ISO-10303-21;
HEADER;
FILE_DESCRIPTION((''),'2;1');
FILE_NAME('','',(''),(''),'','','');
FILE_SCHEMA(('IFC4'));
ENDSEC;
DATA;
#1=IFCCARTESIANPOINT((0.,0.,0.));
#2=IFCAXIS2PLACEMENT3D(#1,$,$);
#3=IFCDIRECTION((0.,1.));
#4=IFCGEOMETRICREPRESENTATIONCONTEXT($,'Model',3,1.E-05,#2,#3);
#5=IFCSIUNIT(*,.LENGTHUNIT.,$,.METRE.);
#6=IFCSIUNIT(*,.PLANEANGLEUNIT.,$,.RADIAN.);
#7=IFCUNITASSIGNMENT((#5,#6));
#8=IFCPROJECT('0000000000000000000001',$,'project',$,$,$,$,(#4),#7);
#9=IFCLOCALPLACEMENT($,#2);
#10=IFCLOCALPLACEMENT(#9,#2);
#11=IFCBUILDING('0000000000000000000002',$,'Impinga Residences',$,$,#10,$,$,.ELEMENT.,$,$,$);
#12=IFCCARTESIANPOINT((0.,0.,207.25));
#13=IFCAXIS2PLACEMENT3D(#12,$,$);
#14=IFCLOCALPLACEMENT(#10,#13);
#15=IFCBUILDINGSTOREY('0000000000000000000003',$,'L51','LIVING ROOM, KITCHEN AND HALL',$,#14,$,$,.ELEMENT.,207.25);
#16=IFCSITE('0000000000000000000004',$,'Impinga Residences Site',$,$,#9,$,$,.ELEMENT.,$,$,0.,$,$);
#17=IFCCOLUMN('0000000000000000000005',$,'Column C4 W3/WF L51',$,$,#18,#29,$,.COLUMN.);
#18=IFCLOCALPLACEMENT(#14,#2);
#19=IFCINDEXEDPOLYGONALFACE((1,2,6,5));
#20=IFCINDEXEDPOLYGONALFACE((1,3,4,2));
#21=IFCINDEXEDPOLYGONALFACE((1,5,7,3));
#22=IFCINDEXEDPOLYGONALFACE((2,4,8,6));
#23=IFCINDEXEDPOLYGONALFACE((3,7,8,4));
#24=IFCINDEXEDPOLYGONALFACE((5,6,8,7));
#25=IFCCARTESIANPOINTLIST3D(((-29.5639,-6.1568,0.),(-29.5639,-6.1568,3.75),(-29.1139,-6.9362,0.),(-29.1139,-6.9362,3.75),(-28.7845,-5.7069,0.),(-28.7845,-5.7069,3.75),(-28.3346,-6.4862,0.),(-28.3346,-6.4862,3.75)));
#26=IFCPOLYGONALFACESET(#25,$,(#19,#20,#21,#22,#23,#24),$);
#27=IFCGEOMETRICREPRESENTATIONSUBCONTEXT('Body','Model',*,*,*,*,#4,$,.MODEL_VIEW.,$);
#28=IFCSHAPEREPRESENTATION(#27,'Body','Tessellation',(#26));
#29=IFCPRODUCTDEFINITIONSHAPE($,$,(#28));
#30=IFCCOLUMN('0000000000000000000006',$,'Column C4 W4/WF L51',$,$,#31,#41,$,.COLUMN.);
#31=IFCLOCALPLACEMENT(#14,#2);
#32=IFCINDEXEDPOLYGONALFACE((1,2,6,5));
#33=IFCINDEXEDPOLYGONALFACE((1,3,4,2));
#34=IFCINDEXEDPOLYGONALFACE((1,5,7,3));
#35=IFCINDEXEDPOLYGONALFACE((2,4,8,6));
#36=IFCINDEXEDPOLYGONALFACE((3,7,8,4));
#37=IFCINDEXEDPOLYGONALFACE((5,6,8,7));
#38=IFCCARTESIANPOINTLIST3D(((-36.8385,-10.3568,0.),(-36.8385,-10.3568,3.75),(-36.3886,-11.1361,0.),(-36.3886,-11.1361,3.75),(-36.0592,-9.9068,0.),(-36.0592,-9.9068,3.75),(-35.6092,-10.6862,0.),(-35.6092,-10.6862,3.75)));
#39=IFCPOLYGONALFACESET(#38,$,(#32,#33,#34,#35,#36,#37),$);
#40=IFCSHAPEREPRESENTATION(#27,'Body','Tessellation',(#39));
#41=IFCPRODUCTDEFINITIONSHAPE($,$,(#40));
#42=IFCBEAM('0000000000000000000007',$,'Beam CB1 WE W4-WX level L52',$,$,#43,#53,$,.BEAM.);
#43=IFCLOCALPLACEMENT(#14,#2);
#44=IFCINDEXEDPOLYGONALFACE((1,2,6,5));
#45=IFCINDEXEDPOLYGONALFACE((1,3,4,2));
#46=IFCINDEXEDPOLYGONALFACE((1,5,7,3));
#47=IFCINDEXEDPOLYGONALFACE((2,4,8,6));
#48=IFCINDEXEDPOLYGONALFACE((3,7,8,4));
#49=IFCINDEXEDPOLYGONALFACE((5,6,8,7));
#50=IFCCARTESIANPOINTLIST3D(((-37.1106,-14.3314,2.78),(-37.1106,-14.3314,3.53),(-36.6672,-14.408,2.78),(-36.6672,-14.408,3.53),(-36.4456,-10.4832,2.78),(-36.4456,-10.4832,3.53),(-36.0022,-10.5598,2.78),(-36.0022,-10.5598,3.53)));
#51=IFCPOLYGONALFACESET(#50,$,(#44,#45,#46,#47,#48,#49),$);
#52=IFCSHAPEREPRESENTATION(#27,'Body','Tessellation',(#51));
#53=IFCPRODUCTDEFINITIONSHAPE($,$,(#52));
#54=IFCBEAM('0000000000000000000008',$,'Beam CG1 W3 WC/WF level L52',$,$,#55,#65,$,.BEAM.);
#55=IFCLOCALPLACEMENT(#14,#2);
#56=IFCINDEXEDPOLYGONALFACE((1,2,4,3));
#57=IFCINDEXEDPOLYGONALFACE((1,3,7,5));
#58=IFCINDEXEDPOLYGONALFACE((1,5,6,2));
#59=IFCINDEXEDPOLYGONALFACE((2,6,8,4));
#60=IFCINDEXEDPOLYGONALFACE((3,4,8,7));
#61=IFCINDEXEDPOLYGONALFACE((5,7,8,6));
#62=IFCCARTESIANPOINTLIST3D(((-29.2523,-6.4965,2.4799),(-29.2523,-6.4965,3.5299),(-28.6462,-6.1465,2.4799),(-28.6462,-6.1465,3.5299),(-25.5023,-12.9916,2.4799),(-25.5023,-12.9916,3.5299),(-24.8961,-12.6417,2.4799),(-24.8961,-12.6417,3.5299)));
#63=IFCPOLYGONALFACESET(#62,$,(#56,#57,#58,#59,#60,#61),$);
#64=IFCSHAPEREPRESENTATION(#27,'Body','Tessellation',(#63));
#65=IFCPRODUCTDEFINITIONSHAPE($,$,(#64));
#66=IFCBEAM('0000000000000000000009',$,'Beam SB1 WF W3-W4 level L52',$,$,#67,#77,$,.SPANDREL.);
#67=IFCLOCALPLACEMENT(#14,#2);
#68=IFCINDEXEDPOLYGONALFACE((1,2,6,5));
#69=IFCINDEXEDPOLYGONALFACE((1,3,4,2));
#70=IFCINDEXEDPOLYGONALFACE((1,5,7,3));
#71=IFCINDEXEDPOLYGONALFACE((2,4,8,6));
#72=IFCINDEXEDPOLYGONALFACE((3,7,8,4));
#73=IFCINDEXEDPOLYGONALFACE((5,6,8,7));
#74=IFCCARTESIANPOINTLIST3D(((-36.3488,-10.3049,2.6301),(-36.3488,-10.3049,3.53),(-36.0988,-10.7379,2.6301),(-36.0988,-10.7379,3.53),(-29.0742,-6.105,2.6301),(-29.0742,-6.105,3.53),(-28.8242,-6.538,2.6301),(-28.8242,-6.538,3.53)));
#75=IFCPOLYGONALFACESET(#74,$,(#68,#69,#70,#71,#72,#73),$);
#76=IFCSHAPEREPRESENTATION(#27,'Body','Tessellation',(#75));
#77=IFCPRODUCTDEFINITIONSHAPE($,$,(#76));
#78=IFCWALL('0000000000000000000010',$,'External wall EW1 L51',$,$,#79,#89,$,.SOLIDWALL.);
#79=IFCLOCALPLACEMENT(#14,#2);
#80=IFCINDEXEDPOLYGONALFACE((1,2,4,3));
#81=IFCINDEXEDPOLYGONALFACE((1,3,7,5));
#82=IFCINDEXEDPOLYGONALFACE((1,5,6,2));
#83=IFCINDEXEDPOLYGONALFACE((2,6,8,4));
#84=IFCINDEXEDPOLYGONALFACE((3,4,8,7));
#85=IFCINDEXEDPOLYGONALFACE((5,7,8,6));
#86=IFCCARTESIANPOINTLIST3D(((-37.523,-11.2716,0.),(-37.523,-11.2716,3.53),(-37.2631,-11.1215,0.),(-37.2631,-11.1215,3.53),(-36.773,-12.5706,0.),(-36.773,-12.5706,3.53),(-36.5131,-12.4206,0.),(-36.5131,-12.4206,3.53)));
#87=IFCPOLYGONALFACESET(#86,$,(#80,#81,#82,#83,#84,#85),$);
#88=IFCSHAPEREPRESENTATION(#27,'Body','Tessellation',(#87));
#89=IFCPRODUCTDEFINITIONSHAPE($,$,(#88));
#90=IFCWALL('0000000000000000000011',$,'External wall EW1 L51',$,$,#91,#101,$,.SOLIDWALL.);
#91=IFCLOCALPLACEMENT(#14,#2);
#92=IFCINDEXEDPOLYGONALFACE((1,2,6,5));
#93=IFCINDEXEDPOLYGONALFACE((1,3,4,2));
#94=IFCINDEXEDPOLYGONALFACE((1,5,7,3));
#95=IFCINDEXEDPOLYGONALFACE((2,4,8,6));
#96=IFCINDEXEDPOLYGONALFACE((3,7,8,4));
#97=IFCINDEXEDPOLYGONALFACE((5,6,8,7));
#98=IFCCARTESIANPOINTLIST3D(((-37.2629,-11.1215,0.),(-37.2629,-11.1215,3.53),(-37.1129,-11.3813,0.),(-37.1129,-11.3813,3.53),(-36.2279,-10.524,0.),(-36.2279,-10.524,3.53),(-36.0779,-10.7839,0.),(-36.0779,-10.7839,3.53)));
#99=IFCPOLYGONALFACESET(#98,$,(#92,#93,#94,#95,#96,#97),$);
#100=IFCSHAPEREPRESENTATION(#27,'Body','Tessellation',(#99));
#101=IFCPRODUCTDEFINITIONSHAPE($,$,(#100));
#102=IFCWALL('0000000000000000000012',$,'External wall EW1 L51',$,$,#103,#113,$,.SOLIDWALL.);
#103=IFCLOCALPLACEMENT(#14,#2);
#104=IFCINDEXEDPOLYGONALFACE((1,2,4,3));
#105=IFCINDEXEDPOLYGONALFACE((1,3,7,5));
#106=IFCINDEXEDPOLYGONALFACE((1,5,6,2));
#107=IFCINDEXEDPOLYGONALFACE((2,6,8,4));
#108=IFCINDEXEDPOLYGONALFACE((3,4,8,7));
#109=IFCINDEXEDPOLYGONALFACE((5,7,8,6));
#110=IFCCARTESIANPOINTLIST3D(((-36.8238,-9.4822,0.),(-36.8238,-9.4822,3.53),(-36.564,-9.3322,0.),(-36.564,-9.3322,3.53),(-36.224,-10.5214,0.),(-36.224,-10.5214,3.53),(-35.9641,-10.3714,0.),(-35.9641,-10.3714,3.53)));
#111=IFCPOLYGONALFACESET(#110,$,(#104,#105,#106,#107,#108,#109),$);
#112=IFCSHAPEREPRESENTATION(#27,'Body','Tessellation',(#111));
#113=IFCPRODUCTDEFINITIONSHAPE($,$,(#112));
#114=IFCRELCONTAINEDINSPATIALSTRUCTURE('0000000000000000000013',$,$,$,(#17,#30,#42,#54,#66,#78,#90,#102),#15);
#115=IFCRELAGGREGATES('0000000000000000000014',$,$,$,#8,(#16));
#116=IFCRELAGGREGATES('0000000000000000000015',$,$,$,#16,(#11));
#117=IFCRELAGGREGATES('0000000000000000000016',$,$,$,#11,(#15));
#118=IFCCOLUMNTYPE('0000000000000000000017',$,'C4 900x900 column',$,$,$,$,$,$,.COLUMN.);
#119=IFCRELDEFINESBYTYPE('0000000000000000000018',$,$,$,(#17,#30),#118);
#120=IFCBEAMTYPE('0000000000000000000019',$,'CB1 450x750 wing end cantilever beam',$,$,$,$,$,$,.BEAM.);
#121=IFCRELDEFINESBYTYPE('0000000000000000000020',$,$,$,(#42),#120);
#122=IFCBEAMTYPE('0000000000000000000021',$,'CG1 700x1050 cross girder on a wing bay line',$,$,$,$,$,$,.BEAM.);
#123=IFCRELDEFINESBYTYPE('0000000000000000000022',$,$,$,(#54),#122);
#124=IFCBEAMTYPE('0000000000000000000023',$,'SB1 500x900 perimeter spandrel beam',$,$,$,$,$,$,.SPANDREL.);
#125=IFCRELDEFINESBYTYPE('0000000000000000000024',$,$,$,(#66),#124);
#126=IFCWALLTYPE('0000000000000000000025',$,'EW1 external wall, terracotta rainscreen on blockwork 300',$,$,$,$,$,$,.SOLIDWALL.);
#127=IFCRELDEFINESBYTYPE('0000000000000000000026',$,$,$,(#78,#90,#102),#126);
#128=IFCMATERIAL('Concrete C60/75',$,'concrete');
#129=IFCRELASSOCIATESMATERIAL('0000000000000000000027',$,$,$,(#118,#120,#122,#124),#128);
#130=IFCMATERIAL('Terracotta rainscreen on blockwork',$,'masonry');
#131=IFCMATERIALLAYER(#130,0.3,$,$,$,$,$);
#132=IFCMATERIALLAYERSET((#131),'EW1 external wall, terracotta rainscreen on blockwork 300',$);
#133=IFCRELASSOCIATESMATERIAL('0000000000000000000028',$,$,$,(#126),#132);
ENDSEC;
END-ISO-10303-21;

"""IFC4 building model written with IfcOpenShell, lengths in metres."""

from ifc_helpers import new_model, si_unit, direction, frame, frame_2d, origin, origin_2d, place, context, subcontext, project, spatial, rectangle, extrude, material, layer, layer_set, material_profile, profile_set, type_object, element, save


model = new_model("IFC4")

# Units and contexts
model_context = context("Model", 3, precision=1e-05, world=origin(), true_north=direction((0.0, 1.0)))
body_context = subcontext(model_context, "Body", "Model", "MODEL_VIEW")
ifc_project = project(units=[si_unit("LENGTHUNIT", "METRE"), si_unit("PLANEANGLEUNIT", "RADIAN")], contexts=[model_context])

# Site, building, storey
site_placement = place(None, origin())
site = spatial("IfcSite", under=ifc_project, at=site_placement, Name="Impinga Residences Site", CompositionType="ELEMENT", RefElevation=0.0)
building_placement = place(site_placement, origin())
building = spatial("IfcBuilding", under=site, at=building_placement, Name="Impinga Residences", CompositionType="ELEMENT")
storey_placement = place(building_placement, frame((0.0, 0.0, 207.25)))
storey = spatial("IfcBuildingStorey", under=building, at=storey_placement, Name="L51", Description="LIVING ROOM, KITCHEN AND HALL", CompositionType="ELEMENT", Elevation=207.25)

# Columns
ifc_material_1 = material(Name="Concrete C60/75", Category="concrete")
ifc_material_profile_1 = material_profile(ifc_material_1, rectangle(XDim=0.8999, YDim=0.8999, at=origin_2d()), Name="RC 900x900")
ifc_profile_set_1 = profile_set([ifc_material_profile_1], Name="Concrete C60/75")
column_type = type_object("IfcColumnType", Name="C4 900x900 column", PredefinedType="COLUMN", material=ifc_profile_set_1)
for number, where, z_axis, x_axis, name in (
    (1, (-28.9492, -6.3215, 0.0), (0.0, 0.0, 1.0), (-0.5, 0.866025, 0.0), "Column C4 W3/WF L51"),
    (2, (-36.2239, -10.5215, 0.0), (0.0, 0.0, 1.0), (-0.5, 0.866025, 0.0), "Column C4 W4/WF L51"),
):
    element("IfcColumn", number, at=place(storey_placement, frame(where, z_axis=z_axis, x_axis=x_axis)), inside=storey, type_object=column_type, Name=name, PredefinedType="COLUMN", context=body_context, shape_type="SweptSolid", body=[
        extrude(rectangle(XDim=0.8999, YDim=0.8999, at=origin_2d()), origin(), (0.0, 0.0, 1.0), 3.75),
    ])

# Beams
ifc_material_profile_2 = material_profile(ifc_material_1, rectangle(XDim=0.45, YDim=0.75, at=origin_2d()), Name="RC 450x750")
ifc_profile_set_2 = profile_set([ifc_material_profile_2], Name="Concrete C60/75")
beam_type_1 = type_object("IfcBeamType", Name="CB1 450x750 wing end cantilever beam", PredefinedType="BEAM", material=ifc_profile_set_2)
beam_1_placement = place(storey_placement, frame((-36.2239, -10.5215, 3.155), z_axis=(-0.170296, -0.985393, 0.0), x_axis=(0.985393, -0.170296, 0.0)))
element("IfcBeam", 3, at=beam_1_placement, inside=storey, type_object=beam_type_1, Name="Beam CB1 WE W4-WX level L52", PredefinedType="BEAM", context=body_context, shape_type="SweptSolid", body=[
    extrude(rectangle(XDim=0.45, YDim=0.75, at=origin_2d()), origin(), (0.0, 0.0, 1.0), 3.9053),
])
ifc_material_profile_3 = material_profile(ifc_material_1, rectangle(XDim=0.7, YDim=1.05, at=origin_2d()), Name="RC 700x1050")
ifc_profile_set_3 = profile_set([ifc_material_profile_3], Name="Concrete C60/75")
beam_type_2 = type_object("IfcBeamType", Name="CG1 700x1050 cross girder on a wing bay line", PredefinedType="BEAM", material=ifc_profile_set_3)
beam_2_placement = place(storey_placement, frame((-25.1992, -12.8167, 3.0049), z_axis=(-0.500004, 0.866023, 0.0), x_axis=(-0.866023, -0.500004, 0.0)))
element("IfcBeam", 4, at=beam_2_placement, inside=storey, type_object=beam_type_2, Name="Beam CG1 W3 WC/WF level L52", PredefinedType="BEAM", context=body_context, shape_type="SweptSolid", body=[
    extrude(rectangle(XDim=0.7, YDim=1.05, at=origin_2d()), origin(), (0.0, 0.0, 1.0), 7.5),
])
ifc_material_profile_4 = material_profile(ifc_material_1, rectangle(XDim=0.5, YDim=0.8999, at=origin_2d()), Name="RC 500x900")
ifc_profile_set_4 = profile_set([ifc_material_profile_4], Name="Concrete C60/75")
beam_type_3 = type_object("IfcBeamType", Name="SB1 500x900 perimeter spandrel beam", PredefinedType="SPANDREL", material=ifc_profile_set_4)
beam_3_placement = place(storey_placement, frame((-28.9492, -6.3215, 3.0801), z_axis=(-0.866029, -0.499993, 0.0), x_axis=(0.499993, -0.866029, 0.0)))
element("IfcBeam", 5, at=beam_3_placement, inside=storey, type_object=beam_type_3, Name="Beam SB1 WF W3-W4 level L52", PredefinedType="SPANDREL", context=body_context, shape_type="SweptSolid", body=[
    extrude(rectangle(XDim=0.5, YDim=0.8999, at=origin_2d()), origin(), (0.0, 0.0, 1.0), 8.3999),
])

# Walls
ifc_material_2 = material(Name="Terracotta rainscreen on blockwork", Category="masonry")
ifc_layer_1 = layer(ifc_material_2, 0.3)
ifc_layer_set_1 = layer_set([ifc_layer_1], Name="EW1 external wall, terracotta rainscreen on blockwork 300")
wall_type_1 = type_object("IfcWallType", Name="EW1 external wall, terracotta rainscreen on blockwork 300", PredefinedType="SOLIDWALL", material=ifc_layer_set_1)
wall_1_placement = place(storey_placement, frame((-36.6431, -12.4956, 0.0), z_axis=(0.0, 0.0, 1.0), x_axis=(-0.49999, 0.866031, 0.0)))
element("IfcWall", 6, at=wall_1_placement, inside=storey, type_object=wall_type_1, Name="External wall EW1 L51", PredefinedType="SOLIDWALL", context=body_context, shape_type="SweptSolid", body=[
    extrude(rectangle(XDim=1.5, YDim=0.3, at=frame_2d((0.75, 0.0))), origin(), (0.0, 0.0, 1.0), 3.53),
])
wall_2_placement = place(storey_placement, frame((-37.188, -11.2515, 0.0), z_axis=(0.0, 0.0, 1.0), x_axis=(0.86606, 0.499941, 0.0)))
element("IfcWall", 7, at=wall_2_placement, inside=storey, type_object=wall_type_1, Name="External wall EW1 L51", PredefinedType="SOLIDWALL", context=body_context, shape_type="SweptSolid", body=[
    extrude(rectangle(XDim=1.1951, YDim=0.3, at=frame_2d((0.5977, 0.0))), origin(), (0.0, 0.0, 1.0), 3.53),
])
wall_3_placement = place(storey_placement, frame((-36.094, -10.4465, 0.0), z_axis=(0.0, 0.0, 1.0), x_axis=(-0.499881, 0.866094, 0.0)))
element("IfcWall", 8, at=wall_3_placement, inside=storey, type_object=wall_type_1, Name="External wall EW1 L51", PredefinedType="SOLIDWALL", context=body_context, shape_type="SweptSolid", body=[
    extrude(rectangle(XDim=1.2, YDim=0.3, at=frame_2d((0.6001, 0.0))), origin(), (0.0, 0.0, 1.0), 3.53),
])

save(model, "model.ifc")
